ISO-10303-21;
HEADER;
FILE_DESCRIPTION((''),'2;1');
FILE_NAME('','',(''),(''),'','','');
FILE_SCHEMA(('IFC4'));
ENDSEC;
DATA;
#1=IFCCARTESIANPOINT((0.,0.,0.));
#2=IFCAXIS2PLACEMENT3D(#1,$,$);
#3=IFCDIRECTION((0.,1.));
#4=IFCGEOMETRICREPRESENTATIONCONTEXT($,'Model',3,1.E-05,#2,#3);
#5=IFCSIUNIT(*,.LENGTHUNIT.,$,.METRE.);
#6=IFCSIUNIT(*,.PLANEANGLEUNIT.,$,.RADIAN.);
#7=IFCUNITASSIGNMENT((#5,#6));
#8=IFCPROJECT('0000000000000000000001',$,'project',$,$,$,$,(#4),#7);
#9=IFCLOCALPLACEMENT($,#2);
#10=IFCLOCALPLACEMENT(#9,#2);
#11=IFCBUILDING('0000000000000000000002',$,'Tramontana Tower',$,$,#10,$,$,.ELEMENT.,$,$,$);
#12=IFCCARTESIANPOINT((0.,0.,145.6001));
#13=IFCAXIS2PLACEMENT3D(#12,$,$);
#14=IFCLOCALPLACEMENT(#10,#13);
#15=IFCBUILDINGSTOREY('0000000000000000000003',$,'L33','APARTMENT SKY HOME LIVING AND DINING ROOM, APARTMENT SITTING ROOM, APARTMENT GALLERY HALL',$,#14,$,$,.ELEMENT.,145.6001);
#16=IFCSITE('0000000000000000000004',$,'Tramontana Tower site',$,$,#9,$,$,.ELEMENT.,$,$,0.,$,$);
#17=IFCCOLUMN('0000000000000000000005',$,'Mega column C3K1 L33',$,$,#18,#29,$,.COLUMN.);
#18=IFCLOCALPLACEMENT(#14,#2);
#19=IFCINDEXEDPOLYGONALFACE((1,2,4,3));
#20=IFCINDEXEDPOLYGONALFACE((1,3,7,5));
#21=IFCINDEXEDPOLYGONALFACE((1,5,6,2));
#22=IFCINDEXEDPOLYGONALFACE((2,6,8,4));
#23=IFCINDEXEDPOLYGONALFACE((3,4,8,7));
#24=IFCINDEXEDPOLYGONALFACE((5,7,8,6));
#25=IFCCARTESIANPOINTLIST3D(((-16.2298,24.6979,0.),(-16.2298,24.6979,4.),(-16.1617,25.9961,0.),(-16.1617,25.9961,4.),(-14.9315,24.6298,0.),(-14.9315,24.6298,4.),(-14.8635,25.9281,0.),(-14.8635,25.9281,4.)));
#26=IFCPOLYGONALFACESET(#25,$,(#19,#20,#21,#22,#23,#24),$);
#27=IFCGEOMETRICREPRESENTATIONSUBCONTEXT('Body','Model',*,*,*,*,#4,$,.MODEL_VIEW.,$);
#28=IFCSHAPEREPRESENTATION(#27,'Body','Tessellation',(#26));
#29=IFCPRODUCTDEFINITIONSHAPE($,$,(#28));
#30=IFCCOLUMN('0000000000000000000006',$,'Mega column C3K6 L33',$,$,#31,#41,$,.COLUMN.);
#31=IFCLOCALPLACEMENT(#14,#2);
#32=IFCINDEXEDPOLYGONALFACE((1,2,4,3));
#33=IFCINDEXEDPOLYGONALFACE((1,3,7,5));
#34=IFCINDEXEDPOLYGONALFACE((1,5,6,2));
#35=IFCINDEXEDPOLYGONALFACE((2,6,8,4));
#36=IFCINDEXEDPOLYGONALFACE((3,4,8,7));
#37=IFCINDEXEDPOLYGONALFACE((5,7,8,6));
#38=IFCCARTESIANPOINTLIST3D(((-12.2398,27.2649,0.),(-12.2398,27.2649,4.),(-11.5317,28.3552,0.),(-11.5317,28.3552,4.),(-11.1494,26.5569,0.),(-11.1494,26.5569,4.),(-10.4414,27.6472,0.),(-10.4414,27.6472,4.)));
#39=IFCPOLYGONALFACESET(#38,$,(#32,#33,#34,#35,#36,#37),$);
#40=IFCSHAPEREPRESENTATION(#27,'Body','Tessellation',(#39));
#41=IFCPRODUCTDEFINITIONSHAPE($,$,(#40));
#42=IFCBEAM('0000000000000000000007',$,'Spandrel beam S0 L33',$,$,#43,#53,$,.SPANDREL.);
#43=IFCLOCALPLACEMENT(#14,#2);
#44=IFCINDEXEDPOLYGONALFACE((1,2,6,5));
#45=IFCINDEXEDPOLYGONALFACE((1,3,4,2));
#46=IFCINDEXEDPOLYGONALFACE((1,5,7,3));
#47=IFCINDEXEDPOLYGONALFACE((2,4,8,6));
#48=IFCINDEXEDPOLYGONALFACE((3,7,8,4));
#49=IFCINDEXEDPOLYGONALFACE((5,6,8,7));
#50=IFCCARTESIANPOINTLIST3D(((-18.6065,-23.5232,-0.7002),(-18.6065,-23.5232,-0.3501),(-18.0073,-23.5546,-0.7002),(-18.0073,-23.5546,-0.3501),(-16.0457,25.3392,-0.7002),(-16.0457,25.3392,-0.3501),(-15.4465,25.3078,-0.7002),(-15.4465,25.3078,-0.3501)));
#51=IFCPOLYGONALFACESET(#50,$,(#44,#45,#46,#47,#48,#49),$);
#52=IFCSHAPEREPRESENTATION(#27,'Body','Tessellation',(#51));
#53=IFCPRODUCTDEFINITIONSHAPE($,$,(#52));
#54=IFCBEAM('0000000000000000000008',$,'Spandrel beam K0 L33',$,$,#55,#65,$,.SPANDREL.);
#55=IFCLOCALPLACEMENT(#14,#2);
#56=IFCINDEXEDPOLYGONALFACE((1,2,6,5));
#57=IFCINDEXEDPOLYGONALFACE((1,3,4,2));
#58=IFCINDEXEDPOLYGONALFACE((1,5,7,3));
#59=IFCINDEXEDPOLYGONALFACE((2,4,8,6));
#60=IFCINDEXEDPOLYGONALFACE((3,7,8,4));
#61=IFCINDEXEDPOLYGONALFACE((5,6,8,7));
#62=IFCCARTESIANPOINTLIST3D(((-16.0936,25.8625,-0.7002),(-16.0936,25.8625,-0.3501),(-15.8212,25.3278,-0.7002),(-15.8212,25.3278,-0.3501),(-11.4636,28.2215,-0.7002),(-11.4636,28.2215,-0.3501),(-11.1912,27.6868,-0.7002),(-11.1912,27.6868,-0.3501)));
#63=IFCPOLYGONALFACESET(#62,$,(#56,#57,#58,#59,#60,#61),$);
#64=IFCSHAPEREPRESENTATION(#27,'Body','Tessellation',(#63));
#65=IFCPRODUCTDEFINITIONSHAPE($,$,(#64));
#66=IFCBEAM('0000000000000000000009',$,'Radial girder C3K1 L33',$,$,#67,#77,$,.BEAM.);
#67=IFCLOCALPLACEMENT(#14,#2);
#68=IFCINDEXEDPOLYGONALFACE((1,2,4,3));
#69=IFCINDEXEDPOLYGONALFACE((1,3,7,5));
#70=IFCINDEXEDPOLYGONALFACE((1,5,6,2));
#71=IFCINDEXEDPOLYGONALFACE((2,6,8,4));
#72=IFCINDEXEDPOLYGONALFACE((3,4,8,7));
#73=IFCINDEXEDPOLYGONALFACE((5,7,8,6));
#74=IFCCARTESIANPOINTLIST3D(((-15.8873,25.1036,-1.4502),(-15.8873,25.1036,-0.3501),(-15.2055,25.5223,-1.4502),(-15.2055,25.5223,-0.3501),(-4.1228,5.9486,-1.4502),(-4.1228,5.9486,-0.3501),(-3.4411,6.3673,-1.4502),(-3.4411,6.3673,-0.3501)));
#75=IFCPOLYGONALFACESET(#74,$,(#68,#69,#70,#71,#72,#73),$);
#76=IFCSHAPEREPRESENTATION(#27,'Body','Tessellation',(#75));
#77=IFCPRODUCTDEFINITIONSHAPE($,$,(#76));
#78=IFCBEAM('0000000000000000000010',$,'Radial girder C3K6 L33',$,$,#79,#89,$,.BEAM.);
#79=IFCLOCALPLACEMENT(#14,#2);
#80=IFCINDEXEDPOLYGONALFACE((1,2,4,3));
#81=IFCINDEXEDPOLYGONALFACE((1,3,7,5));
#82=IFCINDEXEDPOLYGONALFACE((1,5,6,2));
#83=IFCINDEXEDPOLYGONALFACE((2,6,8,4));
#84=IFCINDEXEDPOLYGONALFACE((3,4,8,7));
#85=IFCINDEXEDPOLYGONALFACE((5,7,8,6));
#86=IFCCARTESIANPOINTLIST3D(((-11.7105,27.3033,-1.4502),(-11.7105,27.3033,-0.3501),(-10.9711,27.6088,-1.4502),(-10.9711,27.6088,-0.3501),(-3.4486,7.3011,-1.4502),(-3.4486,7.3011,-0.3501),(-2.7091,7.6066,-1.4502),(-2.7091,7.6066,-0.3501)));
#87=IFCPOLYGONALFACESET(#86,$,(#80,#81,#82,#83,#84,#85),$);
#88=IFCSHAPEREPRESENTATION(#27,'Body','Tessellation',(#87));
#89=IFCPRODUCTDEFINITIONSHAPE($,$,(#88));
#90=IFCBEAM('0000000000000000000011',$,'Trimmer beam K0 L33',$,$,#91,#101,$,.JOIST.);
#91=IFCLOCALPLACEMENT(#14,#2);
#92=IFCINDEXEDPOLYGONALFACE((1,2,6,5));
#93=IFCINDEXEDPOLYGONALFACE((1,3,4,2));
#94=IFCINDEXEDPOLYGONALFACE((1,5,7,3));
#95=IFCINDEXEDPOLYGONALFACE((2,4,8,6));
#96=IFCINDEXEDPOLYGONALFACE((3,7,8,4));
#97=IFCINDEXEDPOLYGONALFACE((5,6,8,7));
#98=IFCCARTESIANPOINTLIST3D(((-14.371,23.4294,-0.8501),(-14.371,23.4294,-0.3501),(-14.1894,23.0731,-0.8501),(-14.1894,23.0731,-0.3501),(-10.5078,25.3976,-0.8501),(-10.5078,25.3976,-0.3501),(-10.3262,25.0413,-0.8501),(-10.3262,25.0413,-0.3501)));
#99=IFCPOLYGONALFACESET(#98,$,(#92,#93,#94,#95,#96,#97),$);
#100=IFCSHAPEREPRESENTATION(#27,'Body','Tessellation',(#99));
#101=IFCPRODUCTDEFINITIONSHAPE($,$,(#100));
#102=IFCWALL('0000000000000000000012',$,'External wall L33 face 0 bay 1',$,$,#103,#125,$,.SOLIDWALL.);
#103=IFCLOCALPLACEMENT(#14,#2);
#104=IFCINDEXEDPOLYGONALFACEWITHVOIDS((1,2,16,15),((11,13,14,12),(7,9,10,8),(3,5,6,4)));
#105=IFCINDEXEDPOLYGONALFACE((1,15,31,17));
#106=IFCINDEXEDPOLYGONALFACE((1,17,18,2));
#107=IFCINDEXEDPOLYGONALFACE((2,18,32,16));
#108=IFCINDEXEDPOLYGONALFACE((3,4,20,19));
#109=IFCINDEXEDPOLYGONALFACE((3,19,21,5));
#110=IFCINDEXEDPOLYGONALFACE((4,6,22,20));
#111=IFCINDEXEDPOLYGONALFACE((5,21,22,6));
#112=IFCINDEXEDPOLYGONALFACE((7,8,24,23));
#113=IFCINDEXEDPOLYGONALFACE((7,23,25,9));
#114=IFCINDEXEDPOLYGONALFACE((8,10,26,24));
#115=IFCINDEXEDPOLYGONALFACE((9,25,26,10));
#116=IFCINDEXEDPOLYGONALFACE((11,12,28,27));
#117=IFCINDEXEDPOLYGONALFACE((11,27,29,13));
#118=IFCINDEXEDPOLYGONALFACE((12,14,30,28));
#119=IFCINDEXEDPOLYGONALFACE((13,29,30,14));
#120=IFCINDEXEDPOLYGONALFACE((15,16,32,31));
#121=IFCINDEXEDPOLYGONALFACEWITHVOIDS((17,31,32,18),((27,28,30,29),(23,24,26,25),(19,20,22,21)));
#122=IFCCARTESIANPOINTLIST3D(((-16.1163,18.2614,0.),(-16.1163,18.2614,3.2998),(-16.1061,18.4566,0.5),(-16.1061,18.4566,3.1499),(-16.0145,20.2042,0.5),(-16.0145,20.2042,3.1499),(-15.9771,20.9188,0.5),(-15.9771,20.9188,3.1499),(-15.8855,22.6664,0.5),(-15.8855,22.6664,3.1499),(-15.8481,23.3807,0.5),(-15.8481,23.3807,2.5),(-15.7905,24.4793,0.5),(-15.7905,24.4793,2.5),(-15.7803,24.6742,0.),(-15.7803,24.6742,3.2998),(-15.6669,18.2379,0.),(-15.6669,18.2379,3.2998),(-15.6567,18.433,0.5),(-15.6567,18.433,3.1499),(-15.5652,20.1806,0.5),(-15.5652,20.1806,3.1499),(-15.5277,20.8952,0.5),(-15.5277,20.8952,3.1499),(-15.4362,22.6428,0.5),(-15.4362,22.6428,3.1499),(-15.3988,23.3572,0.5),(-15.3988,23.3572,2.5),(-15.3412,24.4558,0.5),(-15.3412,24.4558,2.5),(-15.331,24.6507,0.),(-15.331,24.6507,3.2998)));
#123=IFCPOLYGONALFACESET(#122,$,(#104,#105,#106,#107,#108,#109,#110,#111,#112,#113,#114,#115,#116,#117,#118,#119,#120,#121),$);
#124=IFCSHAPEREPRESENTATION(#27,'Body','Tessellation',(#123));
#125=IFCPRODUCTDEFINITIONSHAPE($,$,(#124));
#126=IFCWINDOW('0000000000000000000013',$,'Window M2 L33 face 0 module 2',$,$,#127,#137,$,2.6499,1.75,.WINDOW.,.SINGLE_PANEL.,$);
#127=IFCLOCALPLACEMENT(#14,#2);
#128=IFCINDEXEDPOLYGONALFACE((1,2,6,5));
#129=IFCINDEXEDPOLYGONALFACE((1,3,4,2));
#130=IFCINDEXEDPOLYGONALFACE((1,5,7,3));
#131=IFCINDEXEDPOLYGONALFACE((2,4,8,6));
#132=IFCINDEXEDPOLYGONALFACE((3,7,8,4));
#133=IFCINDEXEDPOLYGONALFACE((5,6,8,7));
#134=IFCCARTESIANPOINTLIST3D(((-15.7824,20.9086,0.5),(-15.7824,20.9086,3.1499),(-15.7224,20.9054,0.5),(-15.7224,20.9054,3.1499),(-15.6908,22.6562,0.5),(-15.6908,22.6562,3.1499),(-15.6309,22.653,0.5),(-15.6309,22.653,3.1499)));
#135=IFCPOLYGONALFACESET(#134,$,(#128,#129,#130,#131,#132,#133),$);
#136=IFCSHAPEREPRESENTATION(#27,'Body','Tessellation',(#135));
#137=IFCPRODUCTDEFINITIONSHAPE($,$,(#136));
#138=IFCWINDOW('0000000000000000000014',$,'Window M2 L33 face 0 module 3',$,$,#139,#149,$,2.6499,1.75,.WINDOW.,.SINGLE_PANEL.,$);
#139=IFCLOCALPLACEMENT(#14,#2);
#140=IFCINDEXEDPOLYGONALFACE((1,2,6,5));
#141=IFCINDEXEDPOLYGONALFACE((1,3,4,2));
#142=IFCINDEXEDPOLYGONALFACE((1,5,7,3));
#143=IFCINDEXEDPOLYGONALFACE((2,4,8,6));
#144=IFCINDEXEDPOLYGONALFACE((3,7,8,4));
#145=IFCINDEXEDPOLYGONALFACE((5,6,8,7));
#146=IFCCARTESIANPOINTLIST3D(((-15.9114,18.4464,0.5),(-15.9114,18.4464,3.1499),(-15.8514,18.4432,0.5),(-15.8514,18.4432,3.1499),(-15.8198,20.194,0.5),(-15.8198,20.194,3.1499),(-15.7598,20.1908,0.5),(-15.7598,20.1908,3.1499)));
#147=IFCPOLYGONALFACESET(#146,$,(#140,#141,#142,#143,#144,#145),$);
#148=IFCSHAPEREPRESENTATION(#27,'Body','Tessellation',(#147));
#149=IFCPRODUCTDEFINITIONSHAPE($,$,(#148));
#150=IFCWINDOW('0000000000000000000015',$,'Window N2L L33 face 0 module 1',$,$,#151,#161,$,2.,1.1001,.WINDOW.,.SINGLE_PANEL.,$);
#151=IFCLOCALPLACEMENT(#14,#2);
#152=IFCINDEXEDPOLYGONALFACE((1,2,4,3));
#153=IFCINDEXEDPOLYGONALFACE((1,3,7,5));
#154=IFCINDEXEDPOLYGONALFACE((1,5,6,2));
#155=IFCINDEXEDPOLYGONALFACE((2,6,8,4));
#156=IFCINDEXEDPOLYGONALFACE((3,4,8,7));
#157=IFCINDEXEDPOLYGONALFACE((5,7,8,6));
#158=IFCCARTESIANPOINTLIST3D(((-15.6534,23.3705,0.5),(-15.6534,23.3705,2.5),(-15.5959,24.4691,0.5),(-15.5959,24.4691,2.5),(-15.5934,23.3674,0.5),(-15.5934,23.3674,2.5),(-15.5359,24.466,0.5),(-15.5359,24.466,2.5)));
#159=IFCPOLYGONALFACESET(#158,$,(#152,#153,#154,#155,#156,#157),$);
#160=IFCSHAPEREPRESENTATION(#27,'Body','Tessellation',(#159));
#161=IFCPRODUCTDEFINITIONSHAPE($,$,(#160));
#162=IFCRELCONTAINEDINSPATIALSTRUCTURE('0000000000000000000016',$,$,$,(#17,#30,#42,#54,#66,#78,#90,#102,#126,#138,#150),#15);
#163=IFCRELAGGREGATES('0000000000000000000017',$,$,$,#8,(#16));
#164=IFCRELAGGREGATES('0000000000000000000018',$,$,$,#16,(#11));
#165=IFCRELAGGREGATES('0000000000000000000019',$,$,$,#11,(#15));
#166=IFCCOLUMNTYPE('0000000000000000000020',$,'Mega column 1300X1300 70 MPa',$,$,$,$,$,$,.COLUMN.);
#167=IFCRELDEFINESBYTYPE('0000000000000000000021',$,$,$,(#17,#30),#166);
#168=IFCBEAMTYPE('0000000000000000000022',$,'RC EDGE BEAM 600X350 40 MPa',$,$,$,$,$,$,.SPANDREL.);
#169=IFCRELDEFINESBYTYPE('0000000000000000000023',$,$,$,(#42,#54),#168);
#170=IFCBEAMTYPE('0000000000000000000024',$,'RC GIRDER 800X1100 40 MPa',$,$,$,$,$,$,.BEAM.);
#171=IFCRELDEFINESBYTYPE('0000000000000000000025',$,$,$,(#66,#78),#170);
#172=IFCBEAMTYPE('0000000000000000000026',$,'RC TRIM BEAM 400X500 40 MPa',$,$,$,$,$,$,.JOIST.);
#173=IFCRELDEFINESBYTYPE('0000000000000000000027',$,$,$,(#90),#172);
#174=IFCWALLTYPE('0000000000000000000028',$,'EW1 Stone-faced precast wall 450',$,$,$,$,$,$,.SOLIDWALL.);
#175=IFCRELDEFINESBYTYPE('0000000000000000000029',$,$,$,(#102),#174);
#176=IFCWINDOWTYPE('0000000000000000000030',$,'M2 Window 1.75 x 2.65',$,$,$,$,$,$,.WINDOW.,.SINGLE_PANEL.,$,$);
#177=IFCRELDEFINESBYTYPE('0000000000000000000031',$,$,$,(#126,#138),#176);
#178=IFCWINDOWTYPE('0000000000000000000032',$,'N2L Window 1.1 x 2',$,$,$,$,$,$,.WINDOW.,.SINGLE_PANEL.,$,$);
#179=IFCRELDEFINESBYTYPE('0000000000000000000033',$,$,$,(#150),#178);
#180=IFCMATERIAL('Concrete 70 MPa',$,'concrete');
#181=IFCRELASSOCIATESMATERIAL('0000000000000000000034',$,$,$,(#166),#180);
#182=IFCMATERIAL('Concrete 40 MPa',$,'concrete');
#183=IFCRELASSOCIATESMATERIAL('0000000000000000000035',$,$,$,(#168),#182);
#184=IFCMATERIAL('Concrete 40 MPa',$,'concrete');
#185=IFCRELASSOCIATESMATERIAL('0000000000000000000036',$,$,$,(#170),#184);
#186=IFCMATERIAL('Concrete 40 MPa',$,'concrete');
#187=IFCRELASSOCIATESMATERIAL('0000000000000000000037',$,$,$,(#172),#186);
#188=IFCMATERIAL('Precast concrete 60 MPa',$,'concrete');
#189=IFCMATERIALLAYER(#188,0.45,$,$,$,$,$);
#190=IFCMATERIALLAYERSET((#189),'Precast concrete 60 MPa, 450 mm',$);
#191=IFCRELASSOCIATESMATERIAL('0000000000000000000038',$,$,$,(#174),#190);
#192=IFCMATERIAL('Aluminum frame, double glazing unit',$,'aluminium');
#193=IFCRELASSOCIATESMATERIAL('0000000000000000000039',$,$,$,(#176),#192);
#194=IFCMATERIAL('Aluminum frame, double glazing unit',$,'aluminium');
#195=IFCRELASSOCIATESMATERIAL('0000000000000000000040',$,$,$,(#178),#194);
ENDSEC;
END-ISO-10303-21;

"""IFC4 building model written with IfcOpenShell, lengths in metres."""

from ifc_helpers import new_model, si_unit, direction, frame, frame_2d, origin, origin_2d, place, context, subcontext, project, spatial, rectangle, extrude, material, layer, layer_set, material_profile, profile_set, type_object, element, fill, save


model = new_model("IFC4")

# Units and contexts
model_context = context("Model", 3, precision=1e-05, world=origin(), true_north=direction((0.0, 1.0)))
body_context = subcontext(model_context, "Body", "Model", "MODEL_VIEW")
ifc_project = project(units=[si_unit("LENGTHUNIT", "METRE"), si_unit("PLANEANGLEUNIT", "RADIAN")], contexts=[model_context])

# Site, building, storey
site_placement = place(None, origin())
site = spatial("IfcSite", under=ifc_project, at=site_placement, Name="Tramontana Tower site", CompositionType="ELEMENT", RefElevation=0.0)
building_placement = place(site_placement, origin())
building = spatial("IfcBuilding", under=site, at=building_placement, Name="Tramontana Tower", CompositionType="ELEMENT")
storey_placement = place(building_placement, frame((0.0, 0.0, 145.6001)))
storey = spatial("IfcBuildingStorey", under=building, at=storey_placement, Name="L33", Description="APARTMENT SKY HOME LIVING AND DINING ROOM, APARTMENT SITTING ROOM, APARTMENT GALLERY HALL", CompositionType="ELEMENT", Elevation=145.6001)

# Columns
ifc_material_1 = material(Name="Concrete 70 MPa", Category="concrete")
ifc_material_profile_1 = material_profile(ifc_material_1, rectangle(XDim=1.3, YDim=1.3, at=origin_2d()), Name="Mega column 1300X1300 70 MPa")
ifc_profile_set_1 = profile_set([ifc_material_profile_1], Name="Concrete 70 MPa")
column_type = type_object("IfcColumnType", Name="Mega column 1300X1300 70 MPa", PredefinedType="COLUMN", material=ifc_profile_set_1)
for number, where, z_axis, x_axis, name in (
    (1, (-15.5466, 25.313, 0.0), (0.0, 0.0, 1.0), (-0.052336, -0.99863, 0.0), "Mega column C3K1 L33"),
    (2, (-11.3406, 27.4561, 0.0), (0.0, 0.0, 1.0), (-0.838671, 0.544639, 0.0), "Mega column C3K6 L33"),
):
    element("IfcColumn", number, at=place(storey_placement, frame(where, z_axis=z_axis, x_axis=x_axis)), inside=storey, type_object=column_type, Name=name, PredefinedType="COLUMN", context=body_context, shape_type="SweptSolid", body=[
        extrude(rectangle(XDim=1.3, YDim=1.3, at=origin_2d()), origin(), (0.0, 0.0, 1.0), 4.0),
    ])

# Beams
ifc_material_2 = material(Name="Concrete 40 MPa", Category="concrete")
ifc_material_profile_2 = material_profile(ifc_material_2, rectangle(XDim=0.6001, YDim=0.3501, at=origin_2d()), Name="RC EDGE BEAM 600X350 40 MPa")
ifc_profile_set_2 = profile_set([ifc_material_profile_2], Name="Concrete 40 MPa")
beam_type_1 = type_object("IfcBeamType", Name="RC EDGE BEAM 600X350 40 MPa", PredefinedType="SPANDREL", material=ifc_profile_set_2)
beam_1_placement = place(storey_placement, frame((-15.7461, 25.3235, -0.5251), z_axis=(-0.052336, -0.99863, 0.0), x_axis=(0.99863, -0.052336, 0.0)))
element("IfcBeam", 3, at=beam_1_placement, inside=storey, type_object=beam_type_1, Name="Spandrel beam S0 L33", PredefinedType="SPANDREL", context=body_context, shape_type="SweptSolid", body=[
    extrude(rectangle(XDim=0.6001, YDim=0.3501, at=origin_2d()), origin(), (0.0, 0.0, 1.0), 48.9294),
])
beam_2_placement = place(storey_placement, frame((-11.3274, 27.9541, -0.5251), z_axis=(-0.891019, -0.453967, 0.0), x_axis=(0.453967, -0.891019, 0.0)))
element("IfcBeam", 4, at=beam_2_placement, inside=storey, type_object=beam_type_1, Name="Spandrel beam K0 L33", PredefinedType="SPANDREL", context=body_context, shape_type="SweptSolid", body=[
    extrude(rectangle(XDim=0.6001, YDim=0.3501, at=origin_2d()), origin(), (0.0, 0.0, 1.0), 5.1963),
])
ifc_material_3 = material(Name="Concrete 40 MPa", Category="concrete")
ifc_material_profile_3 = material_profile(ifc_material_3, rectangle(XDim=0.8, YDim=1.1001, at=origin_2d()), Name="RC GIRDER 800X1100 40 MPa")
ifc_profile_set_3 = profile_set([ifc_material_profile_3], Name="Concrete 40 MPa")
beam_type_2 = type_object("IfcBeamType", Name="RC GIRDER 800X1100 40 MPa", PredefinedType="BEAM", material=ifc_profile_set_3)
beam_3_placement = place(storey_placement, frame((-15.5464, 25.313, -0.9001), z_axis=(0.523345, -0.852121, 0.0), x_axis=(0.852121, 0.523345, 0.0)))
element("IfcBeam", 5, at=beam_3_placement, inside=storey, type_object=beam_type_2, Name="Radial girder C3K1 L33", PredefinedType="BEAM", context=body_context, shape_type="SweptSolid", body=[
    extrude(rectangle(XDim=0.8, YDim=1.1001, at=origin_2d()), origin(), (0.0, 0.0, 1.0), 22.4792),
])
beam_4_placement = place(storey_placement, frame((-11.3408, 27.4561, -0.9001), z_axis=(0.381767, -0.924258, 0.0), x_axis=(0.924258, 0.381767, 0.0)))
element("IfcBeam", 6, at=beam_4_placement, inside=storey, type_object=beam_type_2, Name="Radial girder C3K6 L33", PredefinedType="BEAM", context=body_context, shape_type="SweptSolid", body=[
    extrude(rectangle(XDim=0.8, YDim=1.1001, at=origin_2d()), origin(), (0.0, 0.0, 1.0), 21.6414),
])
ifc_material_4 = material(Name="Concrete 40 MPa", Category="concrete")
ifc_material_profile_4 = material_profile(ifc_material_4, rectangle(XDim=0.3999, YDim=0.5, at=origin_2d()), Name="RC TRIM BEAM 400X500 40 MPa")
ifc_profile_set_4 = profile_set([ifc_material_profile_4], Name="Concrete 40 MPa")
beam_type_3 = type_object("IfcBeamType", Name="RC TRIM BEAM 400X500 40 MPa", PredefinedType="JOIST", material=ifc_profile_set_4)
beam_5_placement = place(storey_placement, frame((-10.417, 25.2195, -0.6001), z_axis=(-0.891023, -0.453958, 0.0), x_axis=(0.453958, -0.891023, 0.0)))
element("IfcBeam", 7, at=beam_5_placement, inside=storey, type_object=beam_type_3, Name="Trimmer beam K0 L33", PredefinedType="JOIST", context=body_context, shape_type="SweptSolid", body=[
    extrude(rectangle(XDim=0.3999, YDim=0.5, at=origin_2d()), origin(), (0.0, 0.0, 1.0), 4.3357),
])

# Wall, openings, windows
ifc_material_5 = material(Name="Precast concrete 60 MPa", Category="concrete")
ifc_layer = layer(ifc_material_5, 0.45)
ifc_layer_set = layer_set([ifc_layer], Name="Precast concrete 60 MPa, 450 mm")
wall_type = type_object("IfcWallType", Name="EW1 Stone-faced precast wall 450", PredefinedType="SOLIDWALL", material=ifc_layer_set)
wall_placement = place(storey_placement, frame((-15.5557, 24.6626, 0.0), z_axis=(0.0, 0.0, 1.0), x_axis=(-0.052313, -0.998631, 0.0)))
wall = element("IfcWall", 8, at=wall_placement, inside=storey, type_object=wall_type, Name="External wall L33 face 0 bay 1", PredefinedType="SOLIDWALL", context=body_context, shape_type="SweptSolid", body=[
    extrude(rectangle(XDim=6.4216, YDim=0.45, at=frame_2d((3.2109, 0.0))), origin(), (0.0, 0.0, 1.0), 3.2998),
])
opening_1_placement = place(wall_placement, frame((0.1953, 0.0, 0.5)))
opening_1 = element("IfcOpeningElement", 9, at=opening_1_placement, cuts=wall, PredefinedType="OPENING", context=body_context, shape_type="SweptSolid", body=[
    extrude(rectangle(XDim=1.1001, YDim=2.0, at=frame_2d((0.55, 1.0))), frame((0.0, 0.2349, 0.0), z_axis=(0.0, -1.0, 0.0), x_axis=(1.0, 0.0, 0.0)), (0.0, 0.0, 1.0), 0.47),
])
opening_2_placement = place(wall_placement, frame((2.0107, 0.0, 0.5)))
opening_2 = element("IfcOpeningElement", 10, at=opening_2_placement, cuts=wall, PredefinedType="OPENING", context=body_context, shape_type="SweptSolid", body=[
    extrude(rectangle(XDim=1.75, YDim=2.6499, at=frame_2d((0.875, 1.325))), frame((0.0, 0.2349, 0.0), z_axis=(0.0, -1.0, 0.0), x_axis=(1.0, 0.0, 0.0)), (0.0, 0.0, 1.0), 0.47),
])
opening_3_placement = place(wall_placement, frame((4.4763, 0.0, 0.5)))
opening_3 = element("IfcOpeningElement", 11, at=opening_3_placement, cuts=wall, PredefinedType="OPENING", context=body_context, shape_type="SweptSolid", body=[
    extrude(rectangle(XDim=1.75, YDim=2.6499, at=frame_2d((0.875, 1.325))), frame((0.0, 0.2349, 0.0), z_axis=(0.0, -1.0, 0.0), x_axis=(1.0, 0.0, 0.0)), (0.0, 0.0, 1.0), 0.47),
])
ifc_material_6 = material(Name="Aluminum frame, double glazing unit", Category="aluminium")
window_type_1 = type_object("IfcWindowType", Name="M2 Window 1.75 x 2.65", PartitioningType="SINGLE_PANEL", PredefinedType="WINDOW", material=ifc_material_6)
window_1_placement = place(opening_2_placement, origin())
window_1 = element("IfcWindow", 12, at=window_1_placement, inside=storey, type_object=window_type_1, Name="Window M2 L33 face 0 module 2", OverallHeight=2.6499, OverallWidth=1.75, PartitioningType="SINGLE_PANEL", PredefinedType="WINDOW", context=body_context, shape_type="SweptSolid", body=[
    extrude(rectangle(XDim=1.75, YDim=2.6499, at=frame_2d((0.875, 1.325))), frame((0.0, 0.03, 0.0), z_axis=(0.0, -1.0, 0.0), x_axis=(1.0, 0.0, 0.0)), (0.0, 0.0, 1.0), 0.0601),
])
fill(opening_2, window_1)
window_2_placement = place(opening_3_placement, origin())
window_2 = element("IfcWindow", 13, at=window_2_placement, inside=storey, type_object=window_type_1, Name="Window M2 L33 face 0 module 3", OverallHeight=2.6499, OverallWidth=1.75, PartitioningType="SINGLE_PANEL", PredefinedType="WINDOW", context=body_context, shape_type="SweptSolid", body=[
    extrude(rectangle(XDim=1.75, YDim=2.6499, at=frame_2d((0.875, 1.325))), frame((0.0, 0.03, 0.0), z_axis=(0.0, -1.0, 0.0), x_axis=(1.0, 0.0, 0.0)), (0.0, 0.0, 1.0), 0.0601),
])
fill(opening_3, window_2)
ifc_material_7 = material(Name="Aluminum frame, double glazing unit", Category="aluminium")
window_type_2 = type_object("IfcWindowType", Name="N2L Window 1.1 x 2", PartitioningType="SINGLE_PANEL", PredefinedType="WINDOW", material=ifc_material_7)
window_3_placement = place(opening_1_placement, origin())
window_3 = element("IfcWindow", 14, at=window_3_placement, inside=storey, type_object=window_type_2, Name="Window N2L L33 face 0 module 1", OverallHeight=2.0, OverallWidth=1.1001, PartitioningType="SINGLE_PANEL", PredefinedType="WINDOW", context=body_context, shape_type="SweptSolid", body=[
    extrude(rectangle(XDim=1.1001, YDim=2.0, at=frame_2d((0.55, 1.0))), frame((0.0, 0.03, 0.0), z_axis=(0.0, -1.0, 0.0), x_axis=(1.0, 0.0, 0.0)), (0.0, 0.0, 1.0), 0.0601),
])
fill(opening_1, window_3)

save(model, "model.ifc")
